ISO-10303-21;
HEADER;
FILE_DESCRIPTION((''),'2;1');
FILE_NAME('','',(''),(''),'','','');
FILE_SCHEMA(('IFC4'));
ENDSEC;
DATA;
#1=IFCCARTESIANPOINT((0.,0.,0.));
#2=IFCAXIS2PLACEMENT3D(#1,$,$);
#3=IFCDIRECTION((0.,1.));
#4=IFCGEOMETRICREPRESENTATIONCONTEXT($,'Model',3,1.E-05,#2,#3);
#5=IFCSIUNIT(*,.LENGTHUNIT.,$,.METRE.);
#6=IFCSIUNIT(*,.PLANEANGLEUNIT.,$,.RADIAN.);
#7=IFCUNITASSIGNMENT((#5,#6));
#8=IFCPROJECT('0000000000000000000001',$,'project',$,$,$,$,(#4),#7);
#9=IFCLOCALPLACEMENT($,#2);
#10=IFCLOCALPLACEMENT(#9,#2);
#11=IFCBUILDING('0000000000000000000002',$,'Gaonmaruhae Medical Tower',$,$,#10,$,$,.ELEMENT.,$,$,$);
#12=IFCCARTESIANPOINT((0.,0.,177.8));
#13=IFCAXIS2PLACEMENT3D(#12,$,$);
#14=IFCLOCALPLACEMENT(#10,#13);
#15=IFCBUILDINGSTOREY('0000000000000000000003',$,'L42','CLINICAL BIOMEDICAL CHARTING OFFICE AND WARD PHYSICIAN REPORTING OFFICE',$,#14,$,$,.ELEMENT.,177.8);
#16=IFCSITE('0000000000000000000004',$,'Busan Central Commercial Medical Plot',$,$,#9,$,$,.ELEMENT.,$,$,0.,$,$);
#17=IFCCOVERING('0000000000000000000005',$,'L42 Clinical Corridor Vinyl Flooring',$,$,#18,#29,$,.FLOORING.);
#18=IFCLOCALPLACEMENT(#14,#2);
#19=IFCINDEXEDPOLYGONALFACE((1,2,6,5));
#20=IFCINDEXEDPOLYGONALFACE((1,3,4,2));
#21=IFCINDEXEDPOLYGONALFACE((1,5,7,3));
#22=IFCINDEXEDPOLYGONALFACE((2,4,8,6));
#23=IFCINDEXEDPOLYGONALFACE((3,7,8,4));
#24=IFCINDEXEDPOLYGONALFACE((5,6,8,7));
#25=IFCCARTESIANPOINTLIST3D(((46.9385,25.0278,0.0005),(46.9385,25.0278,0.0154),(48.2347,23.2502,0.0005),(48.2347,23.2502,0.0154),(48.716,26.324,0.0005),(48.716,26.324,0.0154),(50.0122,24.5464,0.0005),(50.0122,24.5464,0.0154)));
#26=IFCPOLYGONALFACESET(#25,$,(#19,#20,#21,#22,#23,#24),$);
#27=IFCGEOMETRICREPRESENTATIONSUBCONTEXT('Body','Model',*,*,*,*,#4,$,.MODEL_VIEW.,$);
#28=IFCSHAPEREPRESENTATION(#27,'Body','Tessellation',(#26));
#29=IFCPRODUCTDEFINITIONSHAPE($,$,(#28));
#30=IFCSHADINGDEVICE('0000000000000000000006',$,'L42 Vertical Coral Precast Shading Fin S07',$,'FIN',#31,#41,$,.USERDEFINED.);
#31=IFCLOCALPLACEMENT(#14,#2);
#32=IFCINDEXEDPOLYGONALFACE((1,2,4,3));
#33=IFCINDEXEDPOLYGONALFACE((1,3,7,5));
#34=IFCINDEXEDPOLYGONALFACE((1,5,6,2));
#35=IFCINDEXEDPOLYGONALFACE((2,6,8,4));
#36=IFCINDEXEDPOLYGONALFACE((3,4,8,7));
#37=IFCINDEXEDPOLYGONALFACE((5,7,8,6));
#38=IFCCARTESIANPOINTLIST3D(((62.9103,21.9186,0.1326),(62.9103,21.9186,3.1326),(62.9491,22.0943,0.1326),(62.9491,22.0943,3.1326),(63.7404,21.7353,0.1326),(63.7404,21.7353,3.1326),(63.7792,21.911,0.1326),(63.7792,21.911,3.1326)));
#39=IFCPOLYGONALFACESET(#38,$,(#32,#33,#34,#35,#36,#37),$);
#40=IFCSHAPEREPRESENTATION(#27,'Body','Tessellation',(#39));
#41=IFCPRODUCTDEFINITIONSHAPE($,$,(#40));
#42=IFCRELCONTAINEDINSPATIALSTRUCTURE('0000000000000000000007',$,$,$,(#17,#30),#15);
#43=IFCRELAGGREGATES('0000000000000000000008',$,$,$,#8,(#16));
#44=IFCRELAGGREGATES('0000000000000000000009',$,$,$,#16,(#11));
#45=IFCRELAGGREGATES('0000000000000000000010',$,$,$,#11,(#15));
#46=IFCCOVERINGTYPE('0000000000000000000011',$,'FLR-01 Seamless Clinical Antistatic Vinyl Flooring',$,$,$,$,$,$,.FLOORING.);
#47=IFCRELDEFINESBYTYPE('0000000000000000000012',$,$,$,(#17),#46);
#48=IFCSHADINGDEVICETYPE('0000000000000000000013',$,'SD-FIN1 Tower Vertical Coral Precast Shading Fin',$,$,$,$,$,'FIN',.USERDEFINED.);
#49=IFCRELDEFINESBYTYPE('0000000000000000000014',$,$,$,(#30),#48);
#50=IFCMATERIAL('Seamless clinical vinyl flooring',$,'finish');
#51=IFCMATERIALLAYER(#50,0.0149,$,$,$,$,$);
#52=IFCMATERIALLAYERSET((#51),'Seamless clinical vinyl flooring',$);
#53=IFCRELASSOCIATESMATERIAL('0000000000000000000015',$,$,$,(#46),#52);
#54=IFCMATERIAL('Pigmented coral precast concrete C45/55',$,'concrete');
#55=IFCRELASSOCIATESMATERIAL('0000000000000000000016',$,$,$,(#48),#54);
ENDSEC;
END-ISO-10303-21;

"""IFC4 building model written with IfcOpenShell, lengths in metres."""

from ifc_helpers import new_model, si_unit, direction, frame, origin, origin_2d, place, context, subcontext, project, spatial, rectangle, extrude, material, layer, layer_set, type_object, element, save


model = new_model("IFC4")

# Units and contexts
model_context = context("Model", 3, precision=1e-05, world=origin(), true_north=direction((0.0, 1.0)))
body_context = subcontext(model_context, "Body", "Model", "MODEL_VIEW")
ifc_project = project(units=[si_unit("LENGTHUNIT", "METRE"), si_unit("PLANEANGLEUNIT", "RADIAN")], contexts=[model_context])

# Site, building, storey
site_placement = place(None, origin())
site = spatial("IfcSite", under=ifc_project, at=site_placement, Name="Busan Central Commercial Medical Plot", CompositionType="ELEMENT", RefElevation=0.0)
building_placement = place(site_placement, origin())
building = spatial("IfcBuilding", under=site, at=building_placement, Name="Gaonmaruhae Medical Tower", CompositionType="ELEMENT")
storey_placement = place(building_placement, frame((0.0, 0.0, 177.8)))
storey = spatial("IfcBuildingStorey", under=building, at=storey_placement, Name="L42", Description="CLINICAL BIOMEDICAL CHARTING OFFICE AND WARD PHYSICIAN REPORTING OFFICE", CompositionType="ELEMENT", Elevation=177.8)

# Covering
ifc_material_1 = material(Name="Seamless clinical vinyl flooring", Category="finish")
ifc_layer_1 = layer(ifc_material_1, 0.0149)
ifc_layer_set_1 = layer_set([ifc_layer_1], Name="Seamless clinical vinyl flooring")
covering_type_1 = type_object("IfcCoveringType", Name="FLR-01 Seamless Clinical Antistatic Vinyl Flooring", PredefinedType="FLOORING", material=ifc_layer_set_1)
covering_1_placement = place(storey_placement, frame((48.4753, 24.7871, 0.0005), z_axis=(0.0, 0.0, 1.0), x_axis=(0.80799, 0.589196, 0.0)))
element("IfcCovering", 1, at=covering_1_placement, inside=storey, type_object=covering_type_1, Name="L42 Clinical Corridor Vinyl Flooring", PredefinedType="FLOORING", context=body_context, shape_type="SweptSolid", body=[
    extrude(rectangle(XDim=2.2, YDim=2.2, at=origin_2d()), origin(), (0.0, 0.0, 1.0), 0.0149),
])

# Shading device
ifc_material_2 = material(Name="Pigmented coral precast concrete C45/55", Category="concrete")
shading_device_type = type_object("IfcShadingDeviceType", Name="SD-FIN1 Tower Vertical Coral Precast Shading Fin", ElementType="FIN", PredefinedType="USERDEFINED", material=ifc_material_2)
shading_device_placement = place(storey_placement, frame((63.3447, 21.9148, 0.1326), z_axis=(0.0, 0.0, 1.0), x_axis=(-0.215622, -0.976477, 0.0)))
element("IfcShadingDevice", 2, at=shading_device_placement, inside=storey, type_object=shading_device_type, Name="L42 Vertical Coral Precast Shading Fin S07", ObjectType="FIN", PredefinedType="USERDEFINED", context=body_context, shape_type="SweptSolid", body=[
    extrude(rectangle(XDim=0.1799, YDim=0.8501, at=origin_2d()), origin(), (0.0, 0.0, 1.0), 3.0),
])

save(model, "model.ifc")
